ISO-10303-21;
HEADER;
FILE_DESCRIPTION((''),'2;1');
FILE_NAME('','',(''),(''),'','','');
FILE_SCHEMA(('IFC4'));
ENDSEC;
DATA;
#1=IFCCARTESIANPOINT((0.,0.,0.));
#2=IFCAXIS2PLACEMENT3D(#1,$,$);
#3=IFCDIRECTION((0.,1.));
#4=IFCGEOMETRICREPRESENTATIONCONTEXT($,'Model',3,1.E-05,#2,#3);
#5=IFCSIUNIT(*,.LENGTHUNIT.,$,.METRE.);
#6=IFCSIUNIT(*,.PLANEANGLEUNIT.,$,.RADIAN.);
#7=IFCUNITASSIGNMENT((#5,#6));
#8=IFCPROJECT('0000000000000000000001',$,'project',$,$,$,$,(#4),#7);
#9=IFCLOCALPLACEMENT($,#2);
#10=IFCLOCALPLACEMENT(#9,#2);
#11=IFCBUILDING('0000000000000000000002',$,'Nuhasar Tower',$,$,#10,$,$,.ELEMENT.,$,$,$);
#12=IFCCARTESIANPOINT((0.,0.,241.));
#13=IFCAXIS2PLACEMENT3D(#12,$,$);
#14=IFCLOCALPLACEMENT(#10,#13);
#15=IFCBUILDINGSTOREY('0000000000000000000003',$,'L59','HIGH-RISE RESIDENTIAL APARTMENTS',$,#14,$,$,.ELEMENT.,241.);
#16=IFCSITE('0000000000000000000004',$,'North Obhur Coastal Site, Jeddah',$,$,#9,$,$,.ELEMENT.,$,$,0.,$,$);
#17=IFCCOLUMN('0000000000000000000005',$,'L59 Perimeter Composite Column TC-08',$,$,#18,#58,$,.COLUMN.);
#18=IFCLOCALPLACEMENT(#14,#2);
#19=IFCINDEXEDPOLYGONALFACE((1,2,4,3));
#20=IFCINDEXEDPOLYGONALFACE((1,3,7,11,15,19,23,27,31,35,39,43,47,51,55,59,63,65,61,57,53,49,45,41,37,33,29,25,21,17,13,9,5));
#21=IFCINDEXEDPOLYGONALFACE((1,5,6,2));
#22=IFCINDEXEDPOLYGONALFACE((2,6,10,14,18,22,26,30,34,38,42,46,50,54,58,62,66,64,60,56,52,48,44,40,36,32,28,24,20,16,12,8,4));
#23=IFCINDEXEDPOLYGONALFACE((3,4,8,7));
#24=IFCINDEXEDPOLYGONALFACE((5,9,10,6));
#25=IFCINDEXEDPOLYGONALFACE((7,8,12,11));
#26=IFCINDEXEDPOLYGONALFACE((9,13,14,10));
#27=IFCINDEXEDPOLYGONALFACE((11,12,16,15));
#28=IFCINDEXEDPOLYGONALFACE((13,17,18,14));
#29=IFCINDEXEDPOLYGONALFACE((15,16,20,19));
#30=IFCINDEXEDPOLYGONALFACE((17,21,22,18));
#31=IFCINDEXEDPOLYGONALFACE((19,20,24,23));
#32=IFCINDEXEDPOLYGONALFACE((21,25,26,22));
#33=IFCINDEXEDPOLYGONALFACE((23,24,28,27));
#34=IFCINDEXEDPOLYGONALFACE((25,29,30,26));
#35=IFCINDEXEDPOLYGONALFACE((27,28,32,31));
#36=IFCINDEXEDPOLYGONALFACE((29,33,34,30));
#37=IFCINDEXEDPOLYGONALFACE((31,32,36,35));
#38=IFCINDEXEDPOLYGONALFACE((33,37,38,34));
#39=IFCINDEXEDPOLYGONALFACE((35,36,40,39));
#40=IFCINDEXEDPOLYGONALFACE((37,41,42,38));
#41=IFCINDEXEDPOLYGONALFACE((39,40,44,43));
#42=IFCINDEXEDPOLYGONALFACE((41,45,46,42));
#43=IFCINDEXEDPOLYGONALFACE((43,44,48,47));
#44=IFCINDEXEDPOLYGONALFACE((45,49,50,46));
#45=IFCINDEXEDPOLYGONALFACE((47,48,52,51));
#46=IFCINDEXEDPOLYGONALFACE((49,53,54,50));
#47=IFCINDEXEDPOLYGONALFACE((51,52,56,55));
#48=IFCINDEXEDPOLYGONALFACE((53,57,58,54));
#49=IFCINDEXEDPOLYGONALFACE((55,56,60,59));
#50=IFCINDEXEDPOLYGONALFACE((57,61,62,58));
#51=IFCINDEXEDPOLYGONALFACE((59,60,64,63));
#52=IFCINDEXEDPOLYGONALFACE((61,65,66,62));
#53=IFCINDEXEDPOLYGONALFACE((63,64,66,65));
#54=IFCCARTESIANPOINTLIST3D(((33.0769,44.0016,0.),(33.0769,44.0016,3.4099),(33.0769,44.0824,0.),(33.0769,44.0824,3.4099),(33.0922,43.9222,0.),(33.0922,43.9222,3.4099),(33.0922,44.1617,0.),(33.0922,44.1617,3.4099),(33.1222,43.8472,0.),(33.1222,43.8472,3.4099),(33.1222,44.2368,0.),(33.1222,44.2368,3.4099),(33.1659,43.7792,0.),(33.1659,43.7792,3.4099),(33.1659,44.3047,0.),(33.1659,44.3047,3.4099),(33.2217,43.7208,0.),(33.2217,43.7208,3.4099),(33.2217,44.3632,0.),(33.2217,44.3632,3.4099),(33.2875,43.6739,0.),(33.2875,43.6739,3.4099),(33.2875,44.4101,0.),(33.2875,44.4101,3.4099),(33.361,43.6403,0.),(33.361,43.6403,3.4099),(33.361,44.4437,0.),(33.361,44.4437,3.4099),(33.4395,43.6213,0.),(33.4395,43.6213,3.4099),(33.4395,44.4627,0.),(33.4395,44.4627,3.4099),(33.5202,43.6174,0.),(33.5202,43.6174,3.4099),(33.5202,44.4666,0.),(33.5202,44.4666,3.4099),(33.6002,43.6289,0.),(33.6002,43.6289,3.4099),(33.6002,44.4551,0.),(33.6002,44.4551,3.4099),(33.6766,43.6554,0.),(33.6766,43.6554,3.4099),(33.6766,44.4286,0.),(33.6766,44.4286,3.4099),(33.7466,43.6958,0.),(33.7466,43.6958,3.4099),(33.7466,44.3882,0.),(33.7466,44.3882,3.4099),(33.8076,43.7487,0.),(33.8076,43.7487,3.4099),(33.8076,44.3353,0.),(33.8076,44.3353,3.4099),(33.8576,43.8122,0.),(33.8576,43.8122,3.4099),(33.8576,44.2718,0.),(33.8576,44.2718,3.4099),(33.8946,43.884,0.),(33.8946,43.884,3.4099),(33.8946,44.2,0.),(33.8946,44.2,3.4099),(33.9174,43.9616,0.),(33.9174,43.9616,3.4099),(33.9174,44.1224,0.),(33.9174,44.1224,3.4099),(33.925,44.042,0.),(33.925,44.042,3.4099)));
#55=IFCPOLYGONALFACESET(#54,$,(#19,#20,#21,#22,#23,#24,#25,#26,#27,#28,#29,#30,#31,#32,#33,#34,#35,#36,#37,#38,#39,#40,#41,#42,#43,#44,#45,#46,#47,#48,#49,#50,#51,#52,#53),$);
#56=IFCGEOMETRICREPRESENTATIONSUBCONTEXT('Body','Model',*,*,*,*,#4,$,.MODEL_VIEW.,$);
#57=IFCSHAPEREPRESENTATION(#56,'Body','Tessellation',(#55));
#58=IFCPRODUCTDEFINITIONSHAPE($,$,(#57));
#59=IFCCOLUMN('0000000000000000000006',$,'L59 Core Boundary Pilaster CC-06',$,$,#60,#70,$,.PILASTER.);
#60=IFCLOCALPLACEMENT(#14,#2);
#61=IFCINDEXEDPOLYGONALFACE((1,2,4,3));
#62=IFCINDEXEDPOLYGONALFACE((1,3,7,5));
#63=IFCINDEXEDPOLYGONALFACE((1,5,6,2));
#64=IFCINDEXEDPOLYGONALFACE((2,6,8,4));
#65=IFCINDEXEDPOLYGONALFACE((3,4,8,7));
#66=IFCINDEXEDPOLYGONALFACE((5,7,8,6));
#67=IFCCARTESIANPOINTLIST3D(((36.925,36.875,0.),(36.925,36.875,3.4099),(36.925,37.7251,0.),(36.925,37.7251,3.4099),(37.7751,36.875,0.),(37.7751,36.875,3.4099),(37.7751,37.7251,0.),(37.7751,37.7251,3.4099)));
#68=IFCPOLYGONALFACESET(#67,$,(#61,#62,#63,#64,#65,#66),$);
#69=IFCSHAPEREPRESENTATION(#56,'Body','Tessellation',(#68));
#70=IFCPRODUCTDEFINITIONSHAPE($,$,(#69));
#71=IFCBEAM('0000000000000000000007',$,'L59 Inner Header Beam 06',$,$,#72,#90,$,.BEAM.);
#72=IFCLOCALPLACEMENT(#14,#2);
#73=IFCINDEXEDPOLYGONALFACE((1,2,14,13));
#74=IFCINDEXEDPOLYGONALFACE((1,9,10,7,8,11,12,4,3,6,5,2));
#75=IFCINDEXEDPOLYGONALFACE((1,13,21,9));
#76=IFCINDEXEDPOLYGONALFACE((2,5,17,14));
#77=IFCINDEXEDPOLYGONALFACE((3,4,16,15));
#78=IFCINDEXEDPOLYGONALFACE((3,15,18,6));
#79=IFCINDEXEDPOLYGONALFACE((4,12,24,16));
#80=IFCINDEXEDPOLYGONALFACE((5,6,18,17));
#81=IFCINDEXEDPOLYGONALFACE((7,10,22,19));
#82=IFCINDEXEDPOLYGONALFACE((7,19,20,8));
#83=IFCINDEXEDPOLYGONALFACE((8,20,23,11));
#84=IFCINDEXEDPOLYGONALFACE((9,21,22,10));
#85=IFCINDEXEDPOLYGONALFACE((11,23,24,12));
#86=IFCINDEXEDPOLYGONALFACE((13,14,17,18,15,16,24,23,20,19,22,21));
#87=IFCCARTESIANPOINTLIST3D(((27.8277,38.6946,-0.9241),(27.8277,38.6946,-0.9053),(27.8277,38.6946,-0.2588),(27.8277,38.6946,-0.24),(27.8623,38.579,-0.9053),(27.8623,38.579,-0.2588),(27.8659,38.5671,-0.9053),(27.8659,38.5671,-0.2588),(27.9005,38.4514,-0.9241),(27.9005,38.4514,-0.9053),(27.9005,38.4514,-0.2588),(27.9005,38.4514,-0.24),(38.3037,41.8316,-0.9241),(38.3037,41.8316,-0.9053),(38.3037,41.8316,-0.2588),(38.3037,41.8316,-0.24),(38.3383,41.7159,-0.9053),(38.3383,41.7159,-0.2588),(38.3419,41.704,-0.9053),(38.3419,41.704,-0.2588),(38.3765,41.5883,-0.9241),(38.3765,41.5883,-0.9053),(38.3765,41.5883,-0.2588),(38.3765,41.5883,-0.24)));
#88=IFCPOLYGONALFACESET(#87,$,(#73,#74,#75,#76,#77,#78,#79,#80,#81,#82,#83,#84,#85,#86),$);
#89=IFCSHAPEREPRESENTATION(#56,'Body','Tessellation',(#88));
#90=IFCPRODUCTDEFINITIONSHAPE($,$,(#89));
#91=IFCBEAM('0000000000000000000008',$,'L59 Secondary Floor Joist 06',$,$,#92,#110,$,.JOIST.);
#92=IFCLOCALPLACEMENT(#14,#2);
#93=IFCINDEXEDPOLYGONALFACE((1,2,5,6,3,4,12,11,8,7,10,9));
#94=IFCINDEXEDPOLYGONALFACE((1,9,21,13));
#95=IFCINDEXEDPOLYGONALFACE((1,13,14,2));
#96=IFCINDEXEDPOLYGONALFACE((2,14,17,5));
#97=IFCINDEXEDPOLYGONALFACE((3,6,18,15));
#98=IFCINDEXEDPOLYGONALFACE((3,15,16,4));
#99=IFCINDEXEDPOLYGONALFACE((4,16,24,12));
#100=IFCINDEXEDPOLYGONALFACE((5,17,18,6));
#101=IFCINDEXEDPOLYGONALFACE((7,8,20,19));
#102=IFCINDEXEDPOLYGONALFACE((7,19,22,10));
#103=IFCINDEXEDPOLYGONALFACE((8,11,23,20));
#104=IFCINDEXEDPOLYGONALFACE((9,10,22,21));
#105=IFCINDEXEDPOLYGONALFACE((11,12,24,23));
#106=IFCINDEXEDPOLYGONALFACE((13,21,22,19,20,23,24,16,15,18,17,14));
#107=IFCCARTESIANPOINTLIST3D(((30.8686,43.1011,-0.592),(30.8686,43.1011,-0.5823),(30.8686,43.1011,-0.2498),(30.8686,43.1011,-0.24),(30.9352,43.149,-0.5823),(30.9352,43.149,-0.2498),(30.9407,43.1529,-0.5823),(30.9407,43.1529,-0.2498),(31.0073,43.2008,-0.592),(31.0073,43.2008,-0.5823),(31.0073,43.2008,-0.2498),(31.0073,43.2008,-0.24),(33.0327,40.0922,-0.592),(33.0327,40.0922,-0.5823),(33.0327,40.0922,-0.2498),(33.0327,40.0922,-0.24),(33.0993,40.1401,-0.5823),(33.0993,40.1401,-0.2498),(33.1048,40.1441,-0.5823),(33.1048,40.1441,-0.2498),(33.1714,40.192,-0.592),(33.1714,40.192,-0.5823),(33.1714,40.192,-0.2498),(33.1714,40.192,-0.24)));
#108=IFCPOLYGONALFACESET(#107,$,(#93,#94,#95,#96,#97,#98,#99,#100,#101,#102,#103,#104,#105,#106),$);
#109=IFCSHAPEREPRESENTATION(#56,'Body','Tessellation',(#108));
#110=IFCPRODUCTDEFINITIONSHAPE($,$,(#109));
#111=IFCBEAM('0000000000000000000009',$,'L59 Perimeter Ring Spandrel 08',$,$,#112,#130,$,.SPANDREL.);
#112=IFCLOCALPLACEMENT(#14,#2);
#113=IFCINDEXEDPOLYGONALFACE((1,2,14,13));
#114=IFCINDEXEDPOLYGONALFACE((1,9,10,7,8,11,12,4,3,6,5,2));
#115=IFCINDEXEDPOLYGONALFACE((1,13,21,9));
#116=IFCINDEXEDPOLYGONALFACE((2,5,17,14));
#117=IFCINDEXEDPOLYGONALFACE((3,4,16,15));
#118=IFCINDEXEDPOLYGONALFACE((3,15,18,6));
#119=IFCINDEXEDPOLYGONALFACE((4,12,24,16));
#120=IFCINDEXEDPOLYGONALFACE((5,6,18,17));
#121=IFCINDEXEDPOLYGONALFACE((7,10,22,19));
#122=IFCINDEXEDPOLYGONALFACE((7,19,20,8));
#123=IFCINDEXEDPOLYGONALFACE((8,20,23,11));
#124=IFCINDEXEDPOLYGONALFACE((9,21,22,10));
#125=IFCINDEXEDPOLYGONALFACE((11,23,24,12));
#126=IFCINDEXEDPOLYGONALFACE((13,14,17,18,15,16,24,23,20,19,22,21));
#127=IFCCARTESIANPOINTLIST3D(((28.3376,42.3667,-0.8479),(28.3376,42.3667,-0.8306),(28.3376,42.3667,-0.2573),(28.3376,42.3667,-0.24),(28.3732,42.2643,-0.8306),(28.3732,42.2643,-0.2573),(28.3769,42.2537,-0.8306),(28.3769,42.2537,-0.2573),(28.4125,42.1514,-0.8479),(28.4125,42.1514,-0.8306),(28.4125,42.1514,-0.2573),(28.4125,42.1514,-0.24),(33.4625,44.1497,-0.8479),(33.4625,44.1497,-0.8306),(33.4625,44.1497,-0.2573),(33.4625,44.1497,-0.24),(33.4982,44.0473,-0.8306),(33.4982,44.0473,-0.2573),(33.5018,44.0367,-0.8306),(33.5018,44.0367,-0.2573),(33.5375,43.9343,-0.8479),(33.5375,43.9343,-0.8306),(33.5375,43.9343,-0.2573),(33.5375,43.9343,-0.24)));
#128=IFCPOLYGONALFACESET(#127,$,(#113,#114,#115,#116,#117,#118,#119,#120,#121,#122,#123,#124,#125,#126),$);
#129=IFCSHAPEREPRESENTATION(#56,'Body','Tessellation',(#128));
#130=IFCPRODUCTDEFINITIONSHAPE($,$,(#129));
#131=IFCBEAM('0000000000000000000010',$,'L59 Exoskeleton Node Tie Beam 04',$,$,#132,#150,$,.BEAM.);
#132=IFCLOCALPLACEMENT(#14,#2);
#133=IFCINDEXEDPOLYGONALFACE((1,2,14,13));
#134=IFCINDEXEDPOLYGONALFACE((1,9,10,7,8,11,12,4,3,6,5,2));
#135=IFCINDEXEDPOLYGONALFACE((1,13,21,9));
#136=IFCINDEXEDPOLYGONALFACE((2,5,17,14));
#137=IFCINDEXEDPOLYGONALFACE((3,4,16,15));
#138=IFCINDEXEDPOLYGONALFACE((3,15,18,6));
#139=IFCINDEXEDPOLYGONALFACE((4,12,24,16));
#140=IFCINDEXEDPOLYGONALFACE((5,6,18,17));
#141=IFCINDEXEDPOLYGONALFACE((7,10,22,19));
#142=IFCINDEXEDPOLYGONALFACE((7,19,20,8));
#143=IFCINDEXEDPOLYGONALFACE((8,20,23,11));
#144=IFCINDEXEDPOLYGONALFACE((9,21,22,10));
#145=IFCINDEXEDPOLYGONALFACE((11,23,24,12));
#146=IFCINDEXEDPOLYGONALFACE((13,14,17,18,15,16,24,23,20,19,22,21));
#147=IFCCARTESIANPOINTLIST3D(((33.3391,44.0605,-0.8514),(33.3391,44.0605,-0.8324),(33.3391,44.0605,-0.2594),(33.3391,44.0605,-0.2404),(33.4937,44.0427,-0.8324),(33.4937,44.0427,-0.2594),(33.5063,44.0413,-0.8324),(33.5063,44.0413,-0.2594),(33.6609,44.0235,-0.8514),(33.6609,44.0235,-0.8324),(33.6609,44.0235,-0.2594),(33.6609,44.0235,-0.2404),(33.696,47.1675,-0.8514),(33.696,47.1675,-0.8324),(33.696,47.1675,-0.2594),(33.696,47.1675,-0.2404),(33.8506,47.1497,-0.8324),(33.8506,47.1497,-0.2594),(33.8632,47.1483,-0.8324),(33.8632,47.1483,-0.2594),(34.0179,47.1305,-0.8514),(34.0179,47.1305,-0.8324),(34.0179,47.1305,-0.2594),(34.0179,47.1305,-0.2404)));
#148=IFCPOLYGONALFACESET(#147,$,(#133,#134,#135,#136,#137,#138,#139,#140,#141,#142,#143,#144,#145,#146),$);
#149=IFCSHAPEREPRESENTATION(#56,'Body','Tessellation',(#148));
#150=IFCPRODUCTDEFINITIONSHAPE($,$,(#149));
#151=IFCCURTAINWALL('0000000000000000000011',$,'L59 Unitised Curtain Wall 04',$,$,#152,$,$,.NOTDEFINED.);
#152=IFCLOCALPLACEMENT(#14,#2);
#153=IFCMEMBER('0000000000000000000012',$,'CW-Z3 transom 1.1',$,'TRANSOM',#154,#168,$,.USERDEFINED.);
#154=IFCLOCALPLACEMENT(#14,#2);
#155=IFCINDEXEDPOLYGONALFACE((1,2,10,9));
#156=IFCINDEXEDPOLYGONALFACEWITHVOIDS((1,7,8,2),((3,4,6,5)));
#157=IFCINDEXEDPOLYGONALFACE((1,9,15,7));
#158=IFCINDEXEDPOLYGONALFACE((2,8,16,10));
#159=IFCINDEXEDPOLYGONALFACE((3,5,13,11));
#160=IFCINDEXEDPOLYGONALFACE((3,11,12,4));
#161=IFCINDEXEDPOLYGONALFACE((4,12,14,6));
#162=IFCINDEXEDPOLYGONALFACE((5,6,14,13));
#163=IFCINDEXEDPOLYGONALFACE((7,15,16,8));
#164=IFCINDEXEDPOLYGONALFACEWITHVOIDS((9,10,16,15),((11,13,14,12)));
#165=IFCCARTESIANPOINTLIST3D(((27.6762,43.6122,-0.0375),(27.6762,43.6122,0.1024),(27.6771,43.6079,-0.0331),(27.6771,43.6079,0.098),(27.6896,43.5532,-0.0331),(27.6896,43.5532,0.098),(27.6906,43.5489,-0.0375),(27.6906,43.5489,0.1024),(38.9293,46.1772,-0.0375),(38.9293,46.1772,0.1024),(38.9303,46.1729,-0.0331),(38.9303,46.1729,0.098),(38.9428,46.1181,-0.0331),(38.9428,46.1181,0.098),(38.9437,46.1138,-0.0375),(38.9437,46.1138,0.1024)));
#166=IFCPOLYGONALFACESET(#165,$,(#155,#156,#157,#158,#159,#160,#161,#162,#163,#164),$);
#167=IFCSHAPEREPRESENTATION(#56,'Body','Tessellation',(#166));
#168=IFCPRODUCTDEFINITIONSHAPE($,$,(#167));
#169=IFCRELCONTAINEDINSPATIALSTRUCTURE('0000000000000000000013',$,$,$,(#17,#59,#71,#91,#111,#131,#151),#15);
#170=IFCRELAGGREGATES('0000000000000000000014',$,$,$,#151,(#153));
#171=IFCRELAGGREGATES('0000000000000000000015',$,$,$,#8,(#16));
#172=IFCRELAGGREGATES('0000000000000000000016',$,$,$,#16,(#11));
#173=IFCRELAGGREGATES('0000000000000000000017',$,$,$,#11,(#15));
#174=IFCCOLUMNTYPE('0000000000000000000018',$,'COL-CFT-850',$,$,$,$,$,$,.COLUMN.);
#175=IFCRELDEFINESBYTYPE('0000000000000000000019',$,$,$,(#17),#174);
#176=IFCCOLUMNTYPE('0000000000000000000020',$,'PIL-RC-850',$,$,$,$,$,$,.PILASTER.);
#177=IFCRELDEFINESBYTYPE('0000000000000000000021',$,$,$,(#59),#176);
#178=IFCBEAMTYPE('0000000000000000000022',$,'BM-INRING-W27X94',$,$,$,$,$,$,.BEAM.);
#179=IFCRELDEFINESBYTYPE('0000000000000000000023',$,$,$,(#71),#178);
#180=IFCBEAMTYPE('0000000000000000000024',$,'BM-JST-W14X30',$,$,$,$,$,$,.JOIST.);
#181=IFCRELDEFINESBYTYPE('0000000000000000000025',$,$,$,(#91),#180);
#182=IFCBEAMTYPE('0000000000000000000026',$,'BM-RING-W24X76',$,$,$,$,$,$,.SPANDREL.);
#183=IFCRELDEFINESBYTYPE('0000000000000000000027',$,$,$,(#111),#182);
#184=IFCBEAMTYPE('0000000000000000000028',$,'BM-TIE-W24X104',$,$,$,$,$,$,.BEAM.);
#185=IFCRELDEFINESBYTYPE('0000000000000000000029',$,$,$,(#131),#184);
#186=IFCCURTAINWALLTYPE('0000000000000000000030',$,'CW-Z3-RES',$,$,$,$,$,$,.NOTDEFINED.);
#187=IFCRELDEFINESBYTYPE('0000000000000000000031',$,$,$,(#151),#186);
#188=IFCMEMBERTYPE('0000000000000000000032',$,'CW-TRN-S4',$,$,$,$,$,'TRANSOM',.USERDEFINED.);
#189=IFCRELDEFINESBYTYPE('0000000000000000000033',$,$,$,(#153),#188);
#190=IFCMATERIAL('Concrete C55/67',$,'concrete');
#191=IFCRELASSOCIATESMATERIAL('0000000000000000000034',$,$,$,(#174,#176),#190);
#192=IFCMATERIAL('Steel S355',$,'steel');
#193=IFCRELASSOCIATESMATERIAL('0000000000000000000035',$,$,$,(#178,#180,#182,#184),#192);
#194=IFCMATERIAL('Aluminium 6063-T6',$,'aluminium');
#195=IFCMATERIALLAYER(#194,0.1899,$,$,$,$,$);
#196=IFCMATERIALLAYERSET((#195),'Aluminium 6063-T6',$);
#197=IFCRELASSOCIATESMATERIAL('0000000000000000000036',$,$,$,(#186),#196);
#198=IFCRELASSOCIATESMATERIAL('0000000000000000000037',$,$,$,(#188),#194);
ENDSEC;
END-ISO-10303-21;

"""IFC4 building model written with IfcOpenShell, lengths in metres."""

from ifc_helpers import new_model, si_unit, direction, frame, origin, origin_2d, place, context, subcontext, project, spatial, rectangle, hollow_rectangle, circle, i_section, extrude, material, layer, layer_set, material_profile, profile_set, type_object, element, aggregate, save


model = new_model("IFC4")

# Units and contexts
model_context = context("Model", 3, precision=1e-05, world=origin(), true_north=direction((0.0, 1.0)))
body_context = subcontext(model_context, "Body", "Model", "MODEL_VIEW")
ifc_project = project(units=[si_unit("LENGTHUNIT", "METRE"), si_unit("PLANEANGLEUNIT", "RADIAN")], contexts=[model_context])

# Site, building, storey
site_placement = place(None, origin())
site = spatial("IfcSite", under=ifc_project, at=site_placement, Name="North Obhur Coastal Site, Jeddah", CompositionType="ELEMENT", RefElevation=0.0)
building_placement = place(site_placement, origin())
building = spatial("IfcBuilding", under=site, at=building_placement, Name="Nuhasar Tower", CompositionType="ELEMENT")
storey_placement = place(building_placement, frame((0.0, 0.0, 241.0)))
storey = spatial("IfcBuildingStorey", under=building, at=storey_placement, Name="L59", Description="HIGH-RISE RESIDENTIAL APARTMENTS", CompositionType="ELEMENT", Elevation=241.0)

# Columns
ifc_material_1 = material(Name="Concrete C55/67", Category="concrete")
ifc_material_profile_1 = material_profile(ifc_material_1, circle(Radius=0.425, at=origin_2d()), Name="CFT850")
ifc_profile_set_1 = profile_set([ifc_material_profile_1], Name="Concrete C55/67")
column_type_1 = type_object("IfcColumnType", Name="COL-CFT-850", PredefinedType="COLUMN", material=ifc_profile_set_1)
column_1_placement = place(storey_placement, frame((33.5, 44.042, 0.0), z_axis=(0.0, 0.0, 1.0), x_axis=(1.0, 0.0, 0.0)))
element("IfcColumn", 1, at=column_1_placement, inside=storey, type_object=column_type_1, Name="L59 Perimeter Composite Column TC-08", PredefinedType="COLUMN", context=body_context, shape_type="SweptSolid", body=[
    extrude(circle(Radius=0.425, at=origin_2d()), origin(), (0.0, 0.0, 1.0), 3.4099),
])
ifc_material_profile_2 = material_profile(ifc_material_1, rectangle(XDim=0.8501, YDim=0.8501, at=origin_2d()), Name="RC850X850")
ifc_profile_set_2 = profile_set([ifc_material_profile_2], Name="Concrete C55/67")
column_type_2 = type_object("IfcColumnType", Name="PIL-RC-850", PredefinedType="PILASTER", material=ifc_profile_set_2)
column_2_placement = place(storey_placement, frame((37.3501, 37.3, 0.0), z_axis=(0.0, 0.0, 1.0), x_axis=(1.0, 0.0, 0.0)))
element("IfcColumn", 2, at=column_2_placement, inside=storey, type_object=column_type_2, Name="L59 Core Boundary Pilaster CC-06", PredefinedType="PILASTER", context=body_context, shape_type="SweptSolid", body=[
    extrude(rectangle(XDim=0.8501, YDim=0.8501, at=origin_2d()), origin(), (0.0, 0.0, 1.0), 3.4099),
])

# Beams
ifc_material_2 = material(Name="Steel S355", Category="steel")
ifc_material_profile_3 = material_profile(ifc_material_2, i_section(OverallWidth=0.2539, OverallDepth=0.6841, WebThickness=0.0125, FlangeThickness=0.0188, at=origin_2d()), Name="W27X94")
ifc_profile_set_3 = profile_set([ifc_material_profile_3], Name="Steel S355")
beam_type_1 = type_object("IfcBeamType", Name="BM-INRING-W27X94", PredefinedType="BEAM", material=ifc_profile_set_3)
beam_1_placement = place(storey_placement, frame((38.3401, 41.71, -0.582), z_axis=(-0.957974, -0.286856, 0.0), x_axis=(0.286856, -0.957974, 0.0)))
element("IfcBeam", 3, at=beam_1_placement, inside=storey, type_object=beam_type_1, Name="L59 Inner Header Beam 06", PredefinedType="BEAM", context=body_context, shape_type="SweptSolid", body=[
    extrude(i_section(OverallWidth=0.2539, OverallDepth=0.6841, WebThickness=0.0125, FlangeThickness=0.0188, at=origin_2d()), origin(), (0.0, 0.0, 1.0), 10.9355),
])
ifc_material_profile_4 = material_profile(ifc_material_2, i_section(OverallWidth=0.1709, OverallDepth=0.3521, WebThickness=0.0068, FlangeThickness=0.0098, at=origin_2d()), Name="W14X30")
ifc_profile_set_4 = profile_set([ifc_material_profile_4], Name="Steel S355")
beam_type_2 = type_object("IfcBeamType", Name="BM-JST-W14X30", PredefinedType="JOIST", material=ifc_profile_set_4)
beam_2_placement = place(storey_placement, frame((33.1021, 40.1421, -0.416), z_axis=(-0.583902, 0.811824, 0.0), x_axis=(-0.811824, -0.583902, 0.0)))
element("IfcBeam", 4, at=beam_2_placement, inside=storey, type_object=beam_type_2, Name="L59 Secondary Floor Joist 06", PredefinedType="JOIST", context=body_context, shape_type="SweptSolid", body=[
    extrude(i_section(OverallWidth=0.1709, OverallDepth=0.3521, WebThickness=0.0068, FlangeThickness=0.0098, at=origin_2d()), origin(), (0.0, 0.0, 1.0), 3.7063),
])
ifc_material_profile_5 = material_profile(ifc_material_2, i_section(OverallWidth=0.228, OverallDepth=0.6079, WebThickness=0.0112, FlangeThickness=0.0173, at=origin_2d()), Name="W24X76")
ifc_profile_set_5 = profile_set([ifc_material_profile_5], Name="Steel S355")
beam_type_3 = type_object("IfcBeamType", Name="BM-RING-W24X76", PredefinedType="SPANDREL", material=ifc_profile_set_5)
beam_3_placement = place(storey_placement, frame((33.5, 44.042, -0.5439), z_axis=(-0.944477, -0.328578, 0.0), x_axis=(0.328578, -0.944477, 0.0)))
element("IfcBeam", 5, at=beam_3_placement, inside=storey, type_object=beam_type_3, Name="L59 Perimeter Ring Spandrel 08", PredefinedType="SPANDREL", context=body_context, shape_type="SweptSolid", body=[
    extrude(i_section(OverallWidth=0.228, OverallDepth=0.6079, WebThickness=0.0112, FlangeThickness=0.0173, at=origin_2d()), origin(), (0.0, 0.0, 1.0), 5.4263),
])
ifc_material_profile_6 = material_profile(ifc_material_2, i_section(OverallWidth=0.324, OverallDepth=0.6111, WebThickness=0.0127, FlangeThickness=0.019, at=origin_2d()), Name="W24X104")
ifc_profile_set_6 = profile_set([ifc_material_profile_6], Name="Steel S355")
beam_type_4 = type_object("IfcBeamType", Name="BM-TIE-W24X104", PredefinedType="BEAM", material=ifc_profile_set_6)
beam_4_placement = place(storey_placement, frame((33.5, 44.042, -0.5459), z_axis=(0.114132, 0.993466, 0.0), x_axis=(-0.993466, 0.114132, 0.0)))
element("IfcBeam", 6, at=beam_4_placement, inside=storey, type_object=beam_type_4, Name="L59 Exoskeleton Node Tie Beam 04", PredefinedType="BEAM", context=body_context, shape_type="SweptSolid", body=[
    extrude(i_section(OverallWidth=0.324, OverallDepth=0.6111, WebThickness=0.0127, FlangeThickness=0.019, at=origin_2d()), origin(), (0.0, 0.0, 1.0), 3.1274),
])

# Curtain wall, member
ifc_material_3 = material(Name="Aluminium 6063-T6", Category="aluminium")
ifc_layer_1 = layer(ifc_material_3, 0.1899)
ifc_layer_set_1 = layer_set([ifc_layer_1], Name="Aluminium 6063-T6")
curtain_wall_type = type_object("IfcCurtainWallType", Name="CW-Z3-RES", PredefinedType="NOTDEFINED", material=ifc_layer_set_1)
curtain_wall_placement = place(storey_placement, origin())
curtain_wall = element("IfcCurtainWall", 7, at=curtain_wall_placement, inside=storey, type_object=curtain_wall_type, Name="L59 Unitised Curtain Wall 04", PredefinedType="NOTDEFINED")
ifc_material_profile_7 = material_profile(ifc_material_3, hollow_rectangle(XDim=0.0649, YDim=0.1399, WallThickness=0.0044, at=origin_2d()), Name="CWT-4")
ifc_profile_set_7 = profile_set([ifc_material_profile_7], Name="Aluminium 6063-T6")
member_type_1 = type_object("IfcMemberType", Name="CW-TRN-S4", ElementType="TRANSOM", PredefinedType="USERDEFINED", material=ifc_profile_set_7)
member_1_placement = place(storey_placement, frame((38.9365, 46.1455, 0.0325), z_axis=(-0.974994, -0.222231, 0.0), x_axis=(0.222231, -0.974994, 0.0)))
member_1 = element("IfcMember", 8, at=member_1_placement, type_object=member_type_1, Name="CW-Z3 transom 1.1", ObjectType="TRANSOM", PredefinedType="USERDEFINED", context=body_context, shape_type="SweptSolid", body=[
    extrude(hollow_rectangle(XDim=0.0649, YDim=0.1399, WallThickness=0.0044, at=origin_2d()), origin(), (0.0, 0.0, 1.0), 11.5417),
])

aggregate(curtain_wall, [member_1])

save(model, "model.ifc")
